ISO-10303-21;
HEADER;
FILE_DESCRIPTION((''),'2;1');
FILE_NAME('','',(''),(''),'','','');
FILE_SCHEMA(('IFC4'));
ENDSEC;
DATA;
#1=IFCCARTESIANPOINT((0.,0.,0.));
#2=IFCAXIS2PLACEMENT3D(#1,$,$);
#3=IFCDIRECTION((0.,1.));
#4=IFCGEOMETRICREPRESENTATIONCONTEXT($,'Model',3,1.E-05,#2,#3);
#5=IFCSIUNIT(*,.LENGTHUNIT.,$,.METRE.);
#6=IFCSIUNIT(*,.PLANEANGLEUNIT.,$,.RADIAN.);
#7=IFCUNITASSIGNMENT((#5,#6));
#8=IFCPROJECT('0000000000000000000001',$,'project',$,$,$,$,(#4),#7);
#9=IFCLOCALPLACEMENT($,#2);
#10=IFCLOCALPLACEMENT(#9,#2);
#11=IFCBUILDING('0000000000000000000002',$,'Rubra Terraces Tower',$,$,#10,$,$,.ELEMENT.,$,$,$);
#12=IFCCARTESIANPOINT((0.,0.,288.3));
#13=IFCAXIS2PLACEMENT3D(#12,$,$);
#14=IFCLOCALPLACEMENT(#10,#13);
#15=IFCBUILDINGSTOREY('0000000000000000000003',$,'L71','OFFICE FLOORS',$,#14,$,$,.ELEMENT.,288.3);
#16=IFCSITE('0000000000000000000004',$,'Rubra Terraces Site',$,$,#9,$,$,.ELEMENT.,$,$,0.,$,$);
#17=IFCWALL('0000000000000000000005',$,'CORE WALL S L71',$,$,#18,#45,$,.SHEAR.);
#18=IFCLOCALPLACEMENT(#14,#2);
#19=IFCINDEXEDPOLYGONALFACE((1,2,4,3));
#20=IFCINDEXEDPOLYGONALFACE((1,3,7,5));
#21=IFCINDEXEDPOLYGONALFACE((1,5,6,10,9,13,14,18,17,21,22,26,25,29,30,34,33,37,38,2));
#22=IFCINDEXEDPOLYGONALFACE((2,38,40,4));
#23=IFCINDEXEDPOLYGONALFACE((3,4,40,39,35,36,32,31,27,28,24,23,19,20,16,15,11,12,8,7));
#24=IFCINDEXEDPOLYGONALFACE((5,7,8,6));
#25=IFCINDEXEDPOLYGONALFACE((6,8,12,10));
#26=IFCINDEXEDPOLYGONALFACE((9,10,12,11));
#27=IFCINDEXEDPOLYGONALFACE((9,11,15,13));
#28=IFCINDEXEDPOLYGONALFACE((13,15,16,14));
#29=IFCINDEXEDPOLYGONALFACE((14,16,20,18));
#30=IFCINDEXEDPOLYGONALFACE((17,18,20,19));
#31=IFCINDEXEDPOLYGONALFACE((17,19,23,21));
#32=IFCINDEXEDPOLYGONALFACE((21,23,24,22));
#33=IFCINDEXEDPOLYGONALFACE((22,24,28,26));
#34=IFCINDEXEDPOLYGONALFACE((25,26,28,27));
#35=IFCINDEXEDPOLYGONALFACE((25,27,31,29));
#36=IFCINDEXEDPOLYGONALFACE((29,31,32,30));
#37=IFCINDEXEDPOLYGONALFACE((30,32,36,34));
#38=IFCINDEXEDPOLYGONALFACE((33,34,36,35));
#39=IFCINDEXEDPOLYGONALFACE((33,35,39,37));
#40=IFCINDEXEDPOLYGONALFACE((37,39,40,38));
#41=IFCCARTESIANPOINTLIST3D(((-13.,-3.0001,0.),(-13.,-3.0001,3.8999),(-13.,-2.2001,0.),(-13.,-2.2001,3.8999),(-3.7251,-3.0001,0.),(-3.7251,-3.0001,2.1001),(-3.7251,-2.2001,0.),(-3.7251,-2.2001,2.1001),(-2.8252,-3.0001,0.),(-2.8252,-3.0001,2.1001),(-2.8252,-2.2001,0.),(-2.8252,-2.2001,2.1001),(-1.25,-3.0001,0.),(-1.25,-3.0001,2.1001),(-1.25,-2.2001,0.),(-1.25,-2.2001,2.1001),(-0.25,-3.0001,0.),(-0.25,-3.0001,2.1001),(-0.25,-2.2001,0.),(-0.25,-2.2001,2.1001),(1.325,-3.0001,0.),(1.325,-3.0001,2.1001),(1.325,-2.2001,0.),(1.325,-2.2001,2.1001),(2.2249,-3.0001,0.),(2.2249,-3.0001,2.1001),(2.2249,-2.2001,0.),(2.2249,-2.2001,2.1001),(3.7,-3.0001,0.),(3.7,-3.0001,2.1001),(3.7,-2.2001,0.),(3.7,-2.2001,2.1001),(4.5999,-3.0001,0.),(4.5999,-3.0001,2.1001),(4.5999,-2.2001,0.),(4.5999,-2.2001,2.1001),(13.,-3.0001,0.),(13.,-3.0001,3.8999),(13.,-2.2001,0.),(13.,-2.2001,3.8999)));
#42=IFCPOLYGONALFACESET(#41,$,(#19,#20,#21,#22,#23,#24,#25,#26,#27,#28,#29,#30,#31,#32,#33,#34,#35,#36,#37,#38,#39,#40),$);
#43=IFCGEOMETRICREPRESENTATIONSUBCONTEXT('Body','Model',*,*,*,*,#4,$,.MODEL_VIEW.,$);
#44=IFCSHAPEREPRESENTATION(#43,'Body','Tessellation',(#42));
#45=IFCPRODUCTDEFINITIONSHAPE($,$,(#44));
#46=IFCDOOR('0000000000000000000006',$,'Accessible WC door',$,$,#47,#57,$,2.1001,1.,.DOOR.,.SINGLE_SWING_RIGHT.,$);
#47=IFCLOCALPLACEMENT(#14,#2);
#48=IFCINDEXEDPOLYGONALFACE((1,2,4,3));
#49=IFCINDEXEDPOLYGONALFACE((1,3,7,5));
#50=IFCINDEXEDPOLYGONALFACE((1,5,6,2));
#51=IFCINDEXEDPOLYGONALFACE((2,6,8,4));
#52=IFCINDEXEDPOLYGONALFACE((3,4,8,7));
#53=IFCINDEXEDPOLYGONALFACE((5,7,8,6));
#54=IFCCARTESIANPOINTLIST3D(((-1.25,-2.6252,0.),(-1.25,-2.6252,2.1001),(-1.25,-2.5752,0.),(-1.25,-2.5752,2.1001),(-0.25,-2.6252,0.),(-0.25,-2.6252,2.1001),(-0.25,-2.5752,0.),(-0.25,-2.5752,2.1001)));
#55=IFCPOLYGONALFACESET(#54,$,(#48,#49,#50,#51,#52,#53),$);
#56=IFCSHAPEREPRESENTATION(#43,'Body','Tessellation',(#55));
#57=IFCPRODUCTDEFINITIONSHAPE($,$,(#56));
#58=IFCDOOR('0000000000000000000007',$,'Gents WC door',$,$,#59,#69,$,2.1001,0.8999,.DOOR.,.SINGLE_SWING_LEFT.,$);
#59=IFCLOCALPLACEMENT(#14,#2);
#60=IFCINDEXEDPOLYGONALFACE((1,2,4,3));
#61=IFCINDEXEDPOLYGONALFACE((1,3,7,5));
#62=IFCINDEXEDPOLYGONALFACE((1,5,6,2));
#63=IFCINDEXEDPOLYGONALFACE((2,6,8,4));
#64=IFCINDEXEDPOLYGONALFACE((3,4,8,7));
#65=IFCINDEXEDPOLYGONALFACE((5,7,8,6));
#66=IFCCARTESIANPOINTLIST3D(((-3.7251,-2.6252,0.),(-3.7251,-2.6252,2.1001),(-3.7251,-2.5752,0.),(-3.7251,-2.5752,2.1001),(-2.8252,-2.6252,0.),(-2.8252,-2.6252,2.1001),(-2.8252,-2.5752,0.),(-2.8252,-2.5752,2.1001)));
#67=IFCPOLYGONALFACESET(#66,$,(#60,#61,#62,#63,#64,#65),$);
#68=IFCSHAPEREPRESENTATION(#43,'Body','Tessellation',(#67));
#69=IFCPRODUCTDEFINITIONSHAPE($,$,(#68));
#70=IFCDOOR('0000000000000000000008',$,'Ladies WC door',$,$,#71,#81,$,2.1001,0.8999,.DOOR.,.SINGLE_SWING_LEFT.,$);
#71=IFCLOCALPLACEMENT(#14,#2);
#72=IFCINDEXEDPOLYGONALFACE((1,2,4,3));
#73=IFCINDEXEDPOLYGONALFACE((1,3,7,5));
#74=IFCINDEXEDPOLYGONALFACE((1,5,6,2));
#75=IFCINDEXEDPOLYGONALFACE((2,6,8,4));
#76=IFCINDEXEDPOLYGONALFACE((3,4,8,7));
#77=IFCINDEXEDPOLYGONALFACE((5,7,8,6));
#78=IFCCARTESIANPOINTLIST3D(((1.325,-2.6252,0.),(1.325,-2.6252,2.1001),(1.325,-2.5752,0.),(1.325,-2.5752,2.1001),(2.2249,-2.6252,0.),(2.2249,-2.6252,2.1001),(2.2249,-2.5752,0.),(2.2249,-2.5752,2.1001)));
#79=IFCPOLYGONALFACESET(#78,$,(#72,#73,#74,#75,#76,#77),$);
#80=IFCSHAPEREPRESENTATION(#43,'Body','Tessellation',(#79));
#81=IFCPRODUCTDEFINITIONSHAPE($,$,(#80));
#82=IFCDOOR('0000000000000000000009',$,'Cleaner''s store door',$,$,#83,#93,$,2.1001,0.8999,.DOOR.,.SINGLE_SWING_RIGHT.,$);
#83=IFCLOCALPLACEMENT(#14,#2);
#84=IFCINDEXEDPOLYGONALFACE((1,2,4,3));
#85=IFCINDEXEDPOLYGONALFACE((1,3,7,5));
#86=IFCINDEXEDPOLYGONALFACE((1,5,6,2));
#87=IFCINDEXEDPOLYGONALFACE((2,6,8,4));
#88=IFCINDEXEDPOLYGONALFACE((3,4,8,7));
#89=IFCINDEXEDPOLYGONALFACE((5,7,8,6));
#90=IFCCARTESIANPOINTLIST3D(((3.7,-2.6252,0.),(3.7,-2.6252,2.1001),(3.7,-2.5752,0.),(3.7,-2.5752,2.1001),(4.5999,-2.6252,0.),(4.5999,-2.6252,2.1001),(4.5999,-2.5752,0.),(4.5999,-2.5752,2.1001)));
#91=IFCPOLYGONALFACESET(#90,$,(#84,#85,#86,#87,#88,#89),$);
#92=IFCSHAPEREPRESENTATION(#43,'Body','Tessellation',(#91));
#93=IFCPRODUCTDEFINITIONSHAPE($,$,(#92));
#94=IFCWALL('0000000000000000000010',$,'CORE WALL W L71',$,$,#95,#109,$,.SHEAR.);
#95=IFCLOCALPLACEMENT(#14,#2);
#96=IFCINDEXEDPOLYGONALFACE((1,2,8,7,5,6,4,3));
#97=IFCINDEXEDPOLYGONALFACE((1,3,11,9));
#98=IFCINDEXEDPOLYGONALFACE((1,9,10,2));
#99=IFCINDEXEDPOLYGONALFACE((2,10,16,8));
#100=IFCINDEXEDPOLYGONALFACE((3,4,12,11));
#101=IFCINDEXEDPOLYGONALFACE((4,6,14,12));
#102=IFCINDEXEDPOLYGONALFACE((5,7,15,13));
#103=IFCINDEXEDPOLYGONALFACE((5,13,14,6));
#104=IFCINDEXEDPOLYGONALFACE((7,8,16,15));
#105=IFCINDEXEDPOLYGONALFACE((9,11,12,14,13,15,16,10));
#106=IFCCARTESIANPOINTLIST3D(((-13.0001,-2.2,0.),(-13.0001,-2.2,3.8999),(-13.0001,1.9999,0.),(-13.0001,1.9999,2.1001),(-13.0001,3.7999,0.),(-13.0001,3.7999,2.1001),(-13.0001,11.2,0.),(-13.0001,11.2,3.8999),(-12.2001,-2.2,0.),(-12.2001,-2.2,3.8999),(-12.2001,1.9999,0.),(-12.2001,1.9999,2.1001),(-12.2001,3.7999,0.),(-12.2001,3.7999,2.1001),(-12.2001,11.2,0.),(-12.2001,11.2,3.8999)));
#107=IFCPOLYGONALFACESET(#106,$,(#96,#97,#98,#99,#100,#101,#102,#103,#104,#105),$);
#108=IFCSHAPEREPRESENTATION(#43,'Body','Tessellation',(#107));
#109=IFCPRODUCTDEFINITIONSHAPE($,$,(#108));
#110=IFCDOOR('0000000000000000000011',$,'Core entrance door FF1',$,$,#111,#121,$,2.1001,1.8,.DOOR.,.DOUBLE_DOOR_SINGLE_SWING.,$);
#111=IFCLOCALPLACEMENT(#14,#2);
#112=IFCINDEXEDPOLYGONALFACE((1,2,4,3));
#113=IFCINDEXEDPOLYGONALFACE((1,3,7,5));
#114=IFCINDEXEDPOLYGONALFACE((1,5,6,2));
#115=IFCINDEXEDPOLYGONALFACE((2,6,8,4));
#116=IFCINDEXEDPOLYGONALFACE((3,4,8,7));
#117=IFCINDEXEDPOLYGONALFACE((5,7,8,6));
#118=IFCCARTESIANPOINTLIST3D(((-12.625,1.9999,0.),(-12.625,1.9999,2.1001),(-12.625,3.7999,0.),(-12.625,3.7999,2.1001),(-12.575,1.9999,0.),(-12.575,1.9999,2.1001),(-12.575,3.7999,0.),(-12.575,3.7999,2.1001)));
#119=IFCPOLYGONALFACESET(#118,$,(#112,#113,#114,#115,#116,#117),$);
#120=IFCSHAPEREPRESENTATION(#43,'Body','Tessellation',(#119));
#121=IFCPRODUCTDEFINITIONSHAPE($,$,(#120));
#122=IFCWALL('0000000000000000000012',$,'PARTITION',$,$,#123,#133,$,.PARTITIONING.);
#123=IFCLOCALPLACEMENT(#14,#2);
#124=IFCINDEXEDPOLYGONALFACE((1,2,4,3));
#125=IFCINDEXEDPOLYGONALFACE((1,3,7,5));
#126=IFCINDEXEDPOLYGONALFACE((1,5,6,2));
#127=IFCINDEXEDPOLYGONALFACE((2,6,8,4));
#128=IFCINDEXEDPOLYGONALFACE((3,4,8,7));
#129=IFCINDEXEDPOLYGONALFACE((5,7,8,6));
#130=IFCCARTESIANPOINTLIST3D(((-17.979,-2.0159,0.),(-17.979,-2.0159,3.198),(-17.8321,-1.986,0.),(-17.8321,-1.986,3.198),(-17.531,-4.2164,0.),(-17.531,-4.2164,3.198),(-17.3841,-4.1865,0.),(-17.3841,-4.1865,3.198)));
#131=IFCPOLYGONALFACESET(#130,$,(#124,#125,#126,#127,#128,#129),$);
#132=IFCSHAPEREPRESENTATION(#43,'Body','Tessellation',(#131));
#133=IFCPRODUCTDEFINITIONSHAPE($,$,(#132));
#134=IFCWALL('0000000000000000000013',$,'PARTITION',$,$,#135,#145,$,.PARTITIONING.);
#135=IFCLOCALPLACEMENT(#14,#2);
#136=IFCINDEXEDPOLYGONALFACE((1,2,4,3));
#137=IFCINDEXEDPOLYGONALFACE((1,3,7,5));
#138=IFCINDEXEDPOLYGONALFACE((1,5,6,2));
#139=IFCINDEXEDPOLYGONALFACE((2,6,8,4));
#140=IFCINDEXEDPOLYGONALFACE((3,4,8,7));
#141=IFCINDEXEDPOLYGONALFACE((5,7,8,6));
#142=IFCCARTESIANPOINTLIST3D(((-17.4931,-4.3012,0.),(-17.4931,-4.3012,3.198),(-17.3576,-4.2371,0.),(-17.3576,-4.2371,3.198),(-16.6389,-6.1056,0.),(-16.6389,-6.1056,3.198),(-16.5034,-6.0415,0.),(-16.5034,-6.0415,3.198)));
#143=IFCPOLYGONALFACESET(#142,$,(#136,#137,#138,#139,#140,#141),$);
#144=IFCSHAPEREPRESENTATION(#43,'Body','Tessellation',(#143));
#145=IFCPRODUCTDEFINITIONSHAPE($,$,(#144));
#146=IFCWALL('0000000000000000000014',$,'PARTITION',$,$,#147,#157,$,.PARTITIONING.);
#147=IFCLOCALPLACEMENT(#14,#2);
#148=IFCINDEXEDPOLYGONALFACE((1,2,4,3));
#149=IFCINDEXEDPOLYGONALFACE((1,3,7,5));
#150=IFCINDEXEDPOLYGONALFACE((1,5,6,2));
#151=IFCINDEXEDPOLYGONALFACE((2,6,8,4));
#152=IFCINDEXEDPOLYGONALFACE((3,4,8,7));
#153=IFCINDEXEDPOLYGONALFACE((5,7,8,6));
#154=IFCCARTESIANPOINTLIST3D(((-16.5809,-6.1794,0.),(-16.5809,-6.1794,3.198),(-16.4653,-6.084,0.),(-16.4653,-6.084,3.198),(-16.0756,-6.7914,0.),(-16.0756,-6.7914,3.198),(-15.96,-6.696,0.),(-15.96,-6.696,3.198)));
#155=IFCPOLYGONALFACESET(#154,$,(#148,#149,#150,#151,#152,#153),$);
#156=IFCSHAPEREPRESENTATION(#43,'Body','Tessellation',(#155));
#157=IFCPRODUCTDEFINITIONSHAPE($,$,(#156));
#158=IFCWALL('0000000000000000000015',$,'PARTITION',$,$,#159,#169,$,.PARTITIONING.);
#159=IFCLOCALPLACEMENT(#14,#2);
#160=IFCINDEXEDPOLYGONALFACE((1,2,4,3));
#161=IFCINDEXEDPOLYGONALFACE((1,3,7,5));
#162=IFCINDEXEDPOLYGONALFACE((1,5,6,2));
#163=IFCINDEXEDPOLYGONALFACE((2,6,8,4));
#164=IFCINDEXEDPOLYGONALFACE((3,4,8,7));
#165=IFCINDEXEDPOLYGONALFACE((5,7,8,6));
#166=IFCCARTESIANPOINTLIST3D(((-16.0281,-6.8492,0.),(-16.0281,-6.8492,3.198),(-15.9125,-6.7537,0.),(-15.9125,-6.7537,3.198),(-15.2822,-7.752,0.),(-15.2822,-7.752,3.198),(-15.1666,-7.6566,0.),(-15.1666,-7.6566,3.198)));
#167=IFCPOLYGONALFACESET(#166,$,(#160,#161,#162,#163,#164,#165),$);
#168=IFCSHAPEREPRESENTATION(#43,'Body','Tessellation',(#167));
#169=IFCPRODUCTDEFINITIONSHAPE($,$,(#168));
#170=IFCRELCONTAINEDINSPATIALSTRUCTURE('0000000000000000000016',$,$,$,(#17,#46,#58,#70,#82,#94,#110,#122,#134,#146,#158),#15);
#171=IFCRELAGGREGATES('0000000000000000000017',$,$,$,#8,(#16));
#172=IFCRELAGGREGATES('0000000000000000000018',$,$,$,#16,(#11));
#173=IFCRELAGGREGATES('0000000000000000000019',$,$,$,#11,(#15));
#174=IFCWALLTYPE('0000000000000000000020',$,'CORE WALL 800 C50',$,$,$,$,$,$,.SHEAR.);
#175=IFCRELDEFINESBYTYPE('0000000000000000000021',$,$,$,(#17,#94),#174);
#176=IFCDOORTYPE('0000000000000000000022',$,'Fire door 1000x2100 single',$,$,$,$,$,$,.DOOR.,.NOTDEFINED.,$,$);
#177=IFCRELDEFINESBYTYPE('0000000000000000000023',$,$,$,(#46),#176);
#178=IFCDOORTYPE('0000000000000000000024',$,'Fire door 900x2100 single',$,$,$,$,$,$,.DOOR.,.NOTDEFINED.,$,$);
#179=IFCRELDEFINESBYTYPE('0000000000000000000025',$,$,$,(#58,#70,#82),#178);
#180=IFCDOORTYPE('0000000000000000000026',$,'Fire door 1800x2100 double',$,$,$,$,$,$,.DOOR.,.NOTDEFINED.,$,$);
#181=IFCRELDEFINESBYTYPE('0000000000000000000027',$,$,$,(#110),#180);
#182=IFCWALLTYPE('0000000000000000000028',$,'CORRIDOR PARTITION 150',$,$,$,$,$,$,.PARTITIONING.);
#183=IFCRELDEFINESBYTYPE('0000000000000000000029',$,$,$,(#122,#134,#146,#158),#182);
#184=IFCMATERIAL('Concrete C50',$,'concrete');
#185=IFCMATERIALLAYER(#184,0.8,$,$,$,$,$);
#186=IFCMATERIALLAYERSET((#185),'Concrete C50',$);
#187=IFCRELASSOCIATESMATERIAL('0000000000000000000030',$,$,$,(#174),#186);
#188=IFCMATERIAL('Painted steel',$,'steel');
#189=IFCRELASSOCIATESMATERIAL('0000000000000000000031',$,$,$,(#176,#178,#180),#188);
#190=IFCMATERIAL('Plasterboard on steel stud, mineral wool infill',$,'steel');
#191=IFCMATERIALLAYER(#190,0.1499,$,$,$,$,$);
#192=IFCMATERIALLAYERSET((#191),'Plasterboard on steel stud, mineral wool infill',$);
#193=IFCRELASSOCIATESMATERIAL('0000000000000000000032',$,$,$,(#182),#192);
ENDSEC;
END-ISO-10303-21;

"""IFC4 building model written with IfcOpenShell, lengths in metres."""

from ifc_helpers import new_model, si_unit, direction, frame, frame_2d, origin, place, context, subcontext, project, spatial, rectangle, extrude, material, layer, layer_set, type_object, element, fill, save


model = new_model("IFC4")

# Units and contexts
model_context = context("Model", 3, precision=1e-05, world=origin(), true_north=direction((0.0, 1.0)))
body_context = subcontext(model_context, "Body", "Model", "MODEL_VIEW")
ifc_project = project(units=[si_unit("LENGTHUNIT", "METRE"), si_unit("PLANEANGLEUNIT", "RADIAN")], contexts=[model_context])

# Site, building, storey
site_placement = place(None, origin())
site = spatial("IfcSite", under=ifc_project, at=site_placement, Name="Rubra Terraces Site", CompositionType="ELEMENT", RefElevation=0.0)
building_placement = place(site_placement, origin())
building = spatial("IfcBuilding", under=site, at=building_placement, Name="Rubra Terraces Tower", CompositionType="ELEMENT")
storey_placement = place(building_placement, frame((0.0, 0.0, 288.3)))
storey = spatial("IfcBuildingStorey", under=building, at=storey_placement, Name="L71", Description="OFFICE FLOORS", CompositionType="ELEMENT", Elevation=288.3)

# Shared definitions
ifc_material_1 = material(Name="Concrete C50", Category="concrete")

# Wall, openings, doors
ifc_layer_1 = layer(ifc_material_1, 0.8)
ifc_layer_set_1 = layer_set([ifc_layer_1], Name="Concrete C50")
wall_type_1 = type_object("IfcWallType", Name="CORE WALL 800 C50", PredefinedType="SHEAR", material=ifc_layer_set_1)
wall_1_placement = place(storey_placement, frame((-13.0, -2.6001, 0.0), z_axis=(0.0, 0.0, 1.0), x_axis=(1.0, 0.0, 0.0)))
wall_1 = element("IfcWall", 1, at=wall_1_placement, inside=storey, type_object=wall_type_1, Name="CORE WALL S L71", PredefinedType="SHEAR", context=body_context, shape_type="SweptSolid", body=[
    extrude(rectangle(XDim=26.0, YDim=0.8, at=frame_2d((13.0, 0.0))), origin(), (0.0, 0.0, 1.0), 3.8999),
])
opening_1_placement = place(wall_1_placement, frame((9.2749, 0.0, 0.0)))
opening_1 = element("IfcOpeningElement", 2, at=opening_1_placement, cuts=wall_1, PredefinedType="OPENING", context=body_context, shape_type="SweptSolid", body=[
    extrude(rectangle(XDim=0.8999, YDim=2.1001, at=frame_2d((0.45, 1.05))), frame((0.0, 0.4099, 0.0), z_axis=(0.0, -1.0, 0.0), x_axis=(1.0, 0.0, 0.0)), (0.0, 0.0, 1.0), 0.8201),
])
opening_2_placement = place(wall_1_placement, frame((11.75, 0.0, 0.0)))
opening_2 = element("IfcOpeningElement", 3, at=opening_2_placement, cuts=wall_1, PredefinedType="OPENING", context=body_context, shape_type="SweptSolid", body=[
    extrude(rectangle(XDim=1.0, YDim=2.1001, at=frame_2d((0.5, 1.05))), frame((0.0, 0.4099, 0.0), z_axis=(0.0, -1.0, 0.0), x_axis=(1.0, 0.0, 0.0)), (0.0, 0.0, 1.0), 0.8201),
])
opening_3_placement = place(wall_1_placement, frame((14.325, 0.0, 0.0)))
opening_3 = element("IfcOpeningElement", 4, at=opening_3_placement, cuts=wall_1, PredefinedType="OPENING", context=body_context, shape_type="SweptSolid", body=[
    extrude(rectangle(XDim=0.8999, YDim=2.1001, at=frame_2d((0.45, 1.05))), frame((0.0, 0.4099, 0.0), z_axis=(0.0, -1.0, 0.0), x_axis=(1.0, 0.0, 0.0)), (0.0, 0.0, 1.0), 0.8201),
])
opening_4_placement = place(wall_1_placement, frame((16.7, 0.0, 0.0)))
opening_4 = element("IfcOpeningElement", 5, at=opening_4_placement, cuts=wall_1, PredefinedType="OPENING", context=body_context, shape_type="SweptSolid", body=[
    extrude(rectangle(XDim=0.8999, YDim=2.1001, at=frame_2d((0.45, 1.05))), frame((0.0, 0.4099, 0.0), z_axis=(0.0, -1.0, 0.0), x_axis=(1.0, 0.0, 0.0)), (0.0, 0.0, 1.0), 0.8201),
])
ifc_material_2 = material(Name="Painted steel", Category="steel")
door_type_1 = type_object("IfcDoorType", Name="Fire door 1000x2100 single", OperationType="NOTDEFINED", PredefinedType="DOOR", material=ifc_material_2)
door_1_placement = place(opening_2_placement, origin())
door_1 = element("IfcDoor", 6, at=door_1_placement, inside=storey, type_object=door_type_1, Name="Accessible WC door", OperationType="SINGLE_SWING_RIGHT", OverallHeight=2.1001, OverallWidth=1.0, PredefinedType="DOOR", context=body_context, shape_type="SweptSolid", body=[
    extrude(rectangle(XDim=1.0, YDim=2.1001, at=frame_2d((0.5, 1.05))), frame((0.0, 0.0249, 0.0), z_axis=(0.0, -1.0, 0.0), x_axis=(1.0, 0.0, 0.0)), (0.0, 0.0, 1.0), 0.05),
])
fill(opening_2, door_1)
door_type_2 = type_object("IfcDoorType", Name="Fire door 900x2100 single", OperationType="NOTDEFINED", PredefinedType="DOOR", material=ifc_material_2)
door_2_placement = place(opening_1_placement, origin())
door_2 = element("IfcDoor", 7, at=door_2_placement, inside=storey, type_object=door_type_2, Name="Gents WC door", OperationType="SINGLE_SWING_LEFT", OverallHeight=2.1001, OverallWidth=0.8999, PredefinedType="DOOR", context=body_context, shape_type="SweptSolid", body=[
    extrude(rectangle(XDim=0.8999, YDim=2.1001, at=frame_2d((0.45, 1.05))), frame((0.0, 0.0249, 0.0), z_axis=(0.0, -1.0, 0.0), x_axis=(1.0, 0.0, 0.0)), (0.0, 0.0, 1.0), 0.05),
])
fill(opening_1, door_2)
door_3_placement = place(opening_3_placement, origin())
door_3 = element("IfcDoor", 8, at=door_3_placement, inside=storey, type_object=door_type_2, Name="Ladies WC door", OperationType="SINGLE_SWING_LEFT", OverallHeight=2.1001, OverallWidth=0.8999, PredefinedType="DOOR", context=body_context, shape_type="SweptSolid", body=[
    extrude(rectangle(XDim=0.8999, YDim=2.1001, at=frame_2d((0.45, 1.05))), frame((0.0, 0.0249, 0.0), z_axis=(0.0, -1.0, 0.0), x_axis=(1.0, 0.0, 0.0)), (0.0, 0.0, 1.0), 0.05),
])
fill(opening_3, door_3)
door_4_placement = place(opening_4_placement, origin())
door_4 = element("IfcDoor", 9, at=door_4_placement, inside=storey, type_object=door_type_2, Name="Cleaner's store door", OperationType="SINGLE_SWING_RIGHT", OverallHeight=2.1001, OverallWidth=0.8999, PredefinedType="DOOR", context=body_context, shape_type="SweptSolid", body=[
    extrude(rectangle(XDim=0.8999, YDim=2.1001, at=frame_2d((0.45, 1.05))), frame((0.0, 0.0249, 0.0), z_axis=(0.0, -1.0, 0.0), x_axis=(1.0, 0.0, 0.0)), (0.0, 0.0, 1.0), 0.05),
])
fill(opening_4, door_4)

# Wall, opening, door
wall_2_placement = place(storey_placement, frame((-12.6001, -2.2, 0.0), z_axis=(0.0, 0.0, 1.0), x_axis=(0.0, 1.0, 0.0)))
wall_2 = element("IfcWall", 10, at=wall_2_placement, inside=storey, type_object=wall_type_1, Name="CORE WALL W L71", PredefinedType="SHEAR", context=body_context, shape_type="SweptSolid", body=[
    extrude(rectangle(XDim=13.3999, YDim=0.8, at=frame_2d((6.7, 0.0))), origin(), (0.0, 0.0, 1.0), 3.8999),
])
opening_5_placement = place(wall_2_placement, frame((4.2, 0.0, 0.0)))
opening_5 = element("IfcOpeningElement", 11, at=opening_5_placement, cuts=wall_2, PredefinedType="OPENING", context=body_context, shape_type="SweptSolid", body=[
    extrude(rectangle(XDim=1.8, YDim=2.1001, at=frame_2d((0.8999, 1.05))), frame((0.0, 0.4099, 0.0), z_axis=(0.0, -1.0, 0.0), x_axis=(1.0, 0.0, 0.0)), (0.0, 0.0, 1.0), 0.8201),
])
door_type_3 = type_object("IfcDoorType", Name="Fire door 1800x2100 double", OperationType="NOTDEFINED", PredefinedType="DOOR", material=ifc_material_2)
door_5_placement = place(opening_5_placement, origin())
door_5 = element("IfcDoor", 12, at=door_5_placement, inside=storey, type_object=door_type_3, Name="Core entrance door FF1", OperationType="DOUBLE_DOOR_SINGLE_SWING", OverallHeight=2.1001, OverallWidth=1.8, PredefinedType="DOOR", context=body_context, shape_type="SweptSolid", body=[
    extrude(rectangle(XDim=1.8, YDim=2.1001, at=frame_2d((0.8999, 1.05))), frame((0.0, 0.0249, 0.0), z_axis=(0.0, -1.0, 0.0), x_axis=(1.0, 0.0, 0.0)), (0.0, 0.0, 1.0), 0.05),
])
fill(opening_5, door_5)

# Walls
ifc_material_3 = material(Name="Plasterboard on steel stud, mineral wool infill", Category="steel")
ifc_layer_2 = layer(ifc_material_3, 0.1499)
ifc_layer_set_2 = layer_set([ifc_layer_2], Name="Plasterboard on steel stud, mineral wool infill")
wall_type_2 = type_object("IfcWallType", Name="CORRIDOR PARTITION 150", PredefinedType="PARTITIONING", material=ifc_layer_set_2)
wall_3_placement = place(storey_placement, frame((-17.9055, -2.001, 0.0), z_axis=(0.0, 0.0, 1.0), x_axis=(0.199502, -0.979897, 0.0)))
element("IfcWall", 13, at=wall_3_placement, inside=storey, type_object=wall_type_2, Name="PARTITION", PredefinedType="PARTITIONING", context=body_context, shape_type="SweptSolid", body=[
    extrude(rectangle(XDim=2.2456, YDim=0.1499, at=frame_2d((1.1228, 0.0))), origin(), (0.0, 0.0, 1.0), 3.198),
])
wall_4_placement = place(storey_placement, frame((-17.4253, -4.2693, 0.0), z_axis=(0.0, 0.0, 1.0), x_axis=(0.427887, -0.903832, 0.0)))
element("IfcWall", 14, at=wall_4_placement, inside=storey, type_object=wall_type_2, Name="PARTITION", PredefinedType="PARTITIONING", context=body_context, shape_type="SweptSolid", body=[
    extrude(rectangle(XDim=1.9963, YDim=0.1499, at=frame_2d((0.998, 0.0))), origin(), (0.0, 0.0, 1.0), 3.198),
])
wall_5_placement = place(storey_placement, frame((-16.5232, -6.1316, 0.0), z_axis=(0.0, 0.0, 1.0), x_axis=(0.636699, -0.771113, 0.0)))
element("IfcWall", 15, at=wall_5_placement, inside=storey, type_object=wall_type_2, Name="PARTITION", PredefinedType="PARTITIONING", context=body_context, shape_type="SweptSolid", body=[
    extrude(rectangle(XDim=0.7937, YDim=0.1499, at=frame_2d((0.397, 0.0))), origin(), (0.0, 0.0, 1.0), 3.198),
])
wall_6_placement = place(storey_placement, frame((-15.9702, -6.8015, 0.0), z_axis=(0.0, 0.0, 1.0), x_axis=(0.636898, -0.770948, 0.0)))
element("IfcWall", 16, at=wall_6_placement, inside=storey, type_object=wall_type_2, Name="PARTITION", PredefinedType="PARTITIONING", context=body_context, shape_type="SweptSolid", body=[
    extrude(rectangle(XDim=1.1711, YDim=0.1499, at=frame_2d((0.5854, 0.0))), origin(), (0.0, 0.0, 1.0), 3.198),
])

save(model, "model.ifc")
